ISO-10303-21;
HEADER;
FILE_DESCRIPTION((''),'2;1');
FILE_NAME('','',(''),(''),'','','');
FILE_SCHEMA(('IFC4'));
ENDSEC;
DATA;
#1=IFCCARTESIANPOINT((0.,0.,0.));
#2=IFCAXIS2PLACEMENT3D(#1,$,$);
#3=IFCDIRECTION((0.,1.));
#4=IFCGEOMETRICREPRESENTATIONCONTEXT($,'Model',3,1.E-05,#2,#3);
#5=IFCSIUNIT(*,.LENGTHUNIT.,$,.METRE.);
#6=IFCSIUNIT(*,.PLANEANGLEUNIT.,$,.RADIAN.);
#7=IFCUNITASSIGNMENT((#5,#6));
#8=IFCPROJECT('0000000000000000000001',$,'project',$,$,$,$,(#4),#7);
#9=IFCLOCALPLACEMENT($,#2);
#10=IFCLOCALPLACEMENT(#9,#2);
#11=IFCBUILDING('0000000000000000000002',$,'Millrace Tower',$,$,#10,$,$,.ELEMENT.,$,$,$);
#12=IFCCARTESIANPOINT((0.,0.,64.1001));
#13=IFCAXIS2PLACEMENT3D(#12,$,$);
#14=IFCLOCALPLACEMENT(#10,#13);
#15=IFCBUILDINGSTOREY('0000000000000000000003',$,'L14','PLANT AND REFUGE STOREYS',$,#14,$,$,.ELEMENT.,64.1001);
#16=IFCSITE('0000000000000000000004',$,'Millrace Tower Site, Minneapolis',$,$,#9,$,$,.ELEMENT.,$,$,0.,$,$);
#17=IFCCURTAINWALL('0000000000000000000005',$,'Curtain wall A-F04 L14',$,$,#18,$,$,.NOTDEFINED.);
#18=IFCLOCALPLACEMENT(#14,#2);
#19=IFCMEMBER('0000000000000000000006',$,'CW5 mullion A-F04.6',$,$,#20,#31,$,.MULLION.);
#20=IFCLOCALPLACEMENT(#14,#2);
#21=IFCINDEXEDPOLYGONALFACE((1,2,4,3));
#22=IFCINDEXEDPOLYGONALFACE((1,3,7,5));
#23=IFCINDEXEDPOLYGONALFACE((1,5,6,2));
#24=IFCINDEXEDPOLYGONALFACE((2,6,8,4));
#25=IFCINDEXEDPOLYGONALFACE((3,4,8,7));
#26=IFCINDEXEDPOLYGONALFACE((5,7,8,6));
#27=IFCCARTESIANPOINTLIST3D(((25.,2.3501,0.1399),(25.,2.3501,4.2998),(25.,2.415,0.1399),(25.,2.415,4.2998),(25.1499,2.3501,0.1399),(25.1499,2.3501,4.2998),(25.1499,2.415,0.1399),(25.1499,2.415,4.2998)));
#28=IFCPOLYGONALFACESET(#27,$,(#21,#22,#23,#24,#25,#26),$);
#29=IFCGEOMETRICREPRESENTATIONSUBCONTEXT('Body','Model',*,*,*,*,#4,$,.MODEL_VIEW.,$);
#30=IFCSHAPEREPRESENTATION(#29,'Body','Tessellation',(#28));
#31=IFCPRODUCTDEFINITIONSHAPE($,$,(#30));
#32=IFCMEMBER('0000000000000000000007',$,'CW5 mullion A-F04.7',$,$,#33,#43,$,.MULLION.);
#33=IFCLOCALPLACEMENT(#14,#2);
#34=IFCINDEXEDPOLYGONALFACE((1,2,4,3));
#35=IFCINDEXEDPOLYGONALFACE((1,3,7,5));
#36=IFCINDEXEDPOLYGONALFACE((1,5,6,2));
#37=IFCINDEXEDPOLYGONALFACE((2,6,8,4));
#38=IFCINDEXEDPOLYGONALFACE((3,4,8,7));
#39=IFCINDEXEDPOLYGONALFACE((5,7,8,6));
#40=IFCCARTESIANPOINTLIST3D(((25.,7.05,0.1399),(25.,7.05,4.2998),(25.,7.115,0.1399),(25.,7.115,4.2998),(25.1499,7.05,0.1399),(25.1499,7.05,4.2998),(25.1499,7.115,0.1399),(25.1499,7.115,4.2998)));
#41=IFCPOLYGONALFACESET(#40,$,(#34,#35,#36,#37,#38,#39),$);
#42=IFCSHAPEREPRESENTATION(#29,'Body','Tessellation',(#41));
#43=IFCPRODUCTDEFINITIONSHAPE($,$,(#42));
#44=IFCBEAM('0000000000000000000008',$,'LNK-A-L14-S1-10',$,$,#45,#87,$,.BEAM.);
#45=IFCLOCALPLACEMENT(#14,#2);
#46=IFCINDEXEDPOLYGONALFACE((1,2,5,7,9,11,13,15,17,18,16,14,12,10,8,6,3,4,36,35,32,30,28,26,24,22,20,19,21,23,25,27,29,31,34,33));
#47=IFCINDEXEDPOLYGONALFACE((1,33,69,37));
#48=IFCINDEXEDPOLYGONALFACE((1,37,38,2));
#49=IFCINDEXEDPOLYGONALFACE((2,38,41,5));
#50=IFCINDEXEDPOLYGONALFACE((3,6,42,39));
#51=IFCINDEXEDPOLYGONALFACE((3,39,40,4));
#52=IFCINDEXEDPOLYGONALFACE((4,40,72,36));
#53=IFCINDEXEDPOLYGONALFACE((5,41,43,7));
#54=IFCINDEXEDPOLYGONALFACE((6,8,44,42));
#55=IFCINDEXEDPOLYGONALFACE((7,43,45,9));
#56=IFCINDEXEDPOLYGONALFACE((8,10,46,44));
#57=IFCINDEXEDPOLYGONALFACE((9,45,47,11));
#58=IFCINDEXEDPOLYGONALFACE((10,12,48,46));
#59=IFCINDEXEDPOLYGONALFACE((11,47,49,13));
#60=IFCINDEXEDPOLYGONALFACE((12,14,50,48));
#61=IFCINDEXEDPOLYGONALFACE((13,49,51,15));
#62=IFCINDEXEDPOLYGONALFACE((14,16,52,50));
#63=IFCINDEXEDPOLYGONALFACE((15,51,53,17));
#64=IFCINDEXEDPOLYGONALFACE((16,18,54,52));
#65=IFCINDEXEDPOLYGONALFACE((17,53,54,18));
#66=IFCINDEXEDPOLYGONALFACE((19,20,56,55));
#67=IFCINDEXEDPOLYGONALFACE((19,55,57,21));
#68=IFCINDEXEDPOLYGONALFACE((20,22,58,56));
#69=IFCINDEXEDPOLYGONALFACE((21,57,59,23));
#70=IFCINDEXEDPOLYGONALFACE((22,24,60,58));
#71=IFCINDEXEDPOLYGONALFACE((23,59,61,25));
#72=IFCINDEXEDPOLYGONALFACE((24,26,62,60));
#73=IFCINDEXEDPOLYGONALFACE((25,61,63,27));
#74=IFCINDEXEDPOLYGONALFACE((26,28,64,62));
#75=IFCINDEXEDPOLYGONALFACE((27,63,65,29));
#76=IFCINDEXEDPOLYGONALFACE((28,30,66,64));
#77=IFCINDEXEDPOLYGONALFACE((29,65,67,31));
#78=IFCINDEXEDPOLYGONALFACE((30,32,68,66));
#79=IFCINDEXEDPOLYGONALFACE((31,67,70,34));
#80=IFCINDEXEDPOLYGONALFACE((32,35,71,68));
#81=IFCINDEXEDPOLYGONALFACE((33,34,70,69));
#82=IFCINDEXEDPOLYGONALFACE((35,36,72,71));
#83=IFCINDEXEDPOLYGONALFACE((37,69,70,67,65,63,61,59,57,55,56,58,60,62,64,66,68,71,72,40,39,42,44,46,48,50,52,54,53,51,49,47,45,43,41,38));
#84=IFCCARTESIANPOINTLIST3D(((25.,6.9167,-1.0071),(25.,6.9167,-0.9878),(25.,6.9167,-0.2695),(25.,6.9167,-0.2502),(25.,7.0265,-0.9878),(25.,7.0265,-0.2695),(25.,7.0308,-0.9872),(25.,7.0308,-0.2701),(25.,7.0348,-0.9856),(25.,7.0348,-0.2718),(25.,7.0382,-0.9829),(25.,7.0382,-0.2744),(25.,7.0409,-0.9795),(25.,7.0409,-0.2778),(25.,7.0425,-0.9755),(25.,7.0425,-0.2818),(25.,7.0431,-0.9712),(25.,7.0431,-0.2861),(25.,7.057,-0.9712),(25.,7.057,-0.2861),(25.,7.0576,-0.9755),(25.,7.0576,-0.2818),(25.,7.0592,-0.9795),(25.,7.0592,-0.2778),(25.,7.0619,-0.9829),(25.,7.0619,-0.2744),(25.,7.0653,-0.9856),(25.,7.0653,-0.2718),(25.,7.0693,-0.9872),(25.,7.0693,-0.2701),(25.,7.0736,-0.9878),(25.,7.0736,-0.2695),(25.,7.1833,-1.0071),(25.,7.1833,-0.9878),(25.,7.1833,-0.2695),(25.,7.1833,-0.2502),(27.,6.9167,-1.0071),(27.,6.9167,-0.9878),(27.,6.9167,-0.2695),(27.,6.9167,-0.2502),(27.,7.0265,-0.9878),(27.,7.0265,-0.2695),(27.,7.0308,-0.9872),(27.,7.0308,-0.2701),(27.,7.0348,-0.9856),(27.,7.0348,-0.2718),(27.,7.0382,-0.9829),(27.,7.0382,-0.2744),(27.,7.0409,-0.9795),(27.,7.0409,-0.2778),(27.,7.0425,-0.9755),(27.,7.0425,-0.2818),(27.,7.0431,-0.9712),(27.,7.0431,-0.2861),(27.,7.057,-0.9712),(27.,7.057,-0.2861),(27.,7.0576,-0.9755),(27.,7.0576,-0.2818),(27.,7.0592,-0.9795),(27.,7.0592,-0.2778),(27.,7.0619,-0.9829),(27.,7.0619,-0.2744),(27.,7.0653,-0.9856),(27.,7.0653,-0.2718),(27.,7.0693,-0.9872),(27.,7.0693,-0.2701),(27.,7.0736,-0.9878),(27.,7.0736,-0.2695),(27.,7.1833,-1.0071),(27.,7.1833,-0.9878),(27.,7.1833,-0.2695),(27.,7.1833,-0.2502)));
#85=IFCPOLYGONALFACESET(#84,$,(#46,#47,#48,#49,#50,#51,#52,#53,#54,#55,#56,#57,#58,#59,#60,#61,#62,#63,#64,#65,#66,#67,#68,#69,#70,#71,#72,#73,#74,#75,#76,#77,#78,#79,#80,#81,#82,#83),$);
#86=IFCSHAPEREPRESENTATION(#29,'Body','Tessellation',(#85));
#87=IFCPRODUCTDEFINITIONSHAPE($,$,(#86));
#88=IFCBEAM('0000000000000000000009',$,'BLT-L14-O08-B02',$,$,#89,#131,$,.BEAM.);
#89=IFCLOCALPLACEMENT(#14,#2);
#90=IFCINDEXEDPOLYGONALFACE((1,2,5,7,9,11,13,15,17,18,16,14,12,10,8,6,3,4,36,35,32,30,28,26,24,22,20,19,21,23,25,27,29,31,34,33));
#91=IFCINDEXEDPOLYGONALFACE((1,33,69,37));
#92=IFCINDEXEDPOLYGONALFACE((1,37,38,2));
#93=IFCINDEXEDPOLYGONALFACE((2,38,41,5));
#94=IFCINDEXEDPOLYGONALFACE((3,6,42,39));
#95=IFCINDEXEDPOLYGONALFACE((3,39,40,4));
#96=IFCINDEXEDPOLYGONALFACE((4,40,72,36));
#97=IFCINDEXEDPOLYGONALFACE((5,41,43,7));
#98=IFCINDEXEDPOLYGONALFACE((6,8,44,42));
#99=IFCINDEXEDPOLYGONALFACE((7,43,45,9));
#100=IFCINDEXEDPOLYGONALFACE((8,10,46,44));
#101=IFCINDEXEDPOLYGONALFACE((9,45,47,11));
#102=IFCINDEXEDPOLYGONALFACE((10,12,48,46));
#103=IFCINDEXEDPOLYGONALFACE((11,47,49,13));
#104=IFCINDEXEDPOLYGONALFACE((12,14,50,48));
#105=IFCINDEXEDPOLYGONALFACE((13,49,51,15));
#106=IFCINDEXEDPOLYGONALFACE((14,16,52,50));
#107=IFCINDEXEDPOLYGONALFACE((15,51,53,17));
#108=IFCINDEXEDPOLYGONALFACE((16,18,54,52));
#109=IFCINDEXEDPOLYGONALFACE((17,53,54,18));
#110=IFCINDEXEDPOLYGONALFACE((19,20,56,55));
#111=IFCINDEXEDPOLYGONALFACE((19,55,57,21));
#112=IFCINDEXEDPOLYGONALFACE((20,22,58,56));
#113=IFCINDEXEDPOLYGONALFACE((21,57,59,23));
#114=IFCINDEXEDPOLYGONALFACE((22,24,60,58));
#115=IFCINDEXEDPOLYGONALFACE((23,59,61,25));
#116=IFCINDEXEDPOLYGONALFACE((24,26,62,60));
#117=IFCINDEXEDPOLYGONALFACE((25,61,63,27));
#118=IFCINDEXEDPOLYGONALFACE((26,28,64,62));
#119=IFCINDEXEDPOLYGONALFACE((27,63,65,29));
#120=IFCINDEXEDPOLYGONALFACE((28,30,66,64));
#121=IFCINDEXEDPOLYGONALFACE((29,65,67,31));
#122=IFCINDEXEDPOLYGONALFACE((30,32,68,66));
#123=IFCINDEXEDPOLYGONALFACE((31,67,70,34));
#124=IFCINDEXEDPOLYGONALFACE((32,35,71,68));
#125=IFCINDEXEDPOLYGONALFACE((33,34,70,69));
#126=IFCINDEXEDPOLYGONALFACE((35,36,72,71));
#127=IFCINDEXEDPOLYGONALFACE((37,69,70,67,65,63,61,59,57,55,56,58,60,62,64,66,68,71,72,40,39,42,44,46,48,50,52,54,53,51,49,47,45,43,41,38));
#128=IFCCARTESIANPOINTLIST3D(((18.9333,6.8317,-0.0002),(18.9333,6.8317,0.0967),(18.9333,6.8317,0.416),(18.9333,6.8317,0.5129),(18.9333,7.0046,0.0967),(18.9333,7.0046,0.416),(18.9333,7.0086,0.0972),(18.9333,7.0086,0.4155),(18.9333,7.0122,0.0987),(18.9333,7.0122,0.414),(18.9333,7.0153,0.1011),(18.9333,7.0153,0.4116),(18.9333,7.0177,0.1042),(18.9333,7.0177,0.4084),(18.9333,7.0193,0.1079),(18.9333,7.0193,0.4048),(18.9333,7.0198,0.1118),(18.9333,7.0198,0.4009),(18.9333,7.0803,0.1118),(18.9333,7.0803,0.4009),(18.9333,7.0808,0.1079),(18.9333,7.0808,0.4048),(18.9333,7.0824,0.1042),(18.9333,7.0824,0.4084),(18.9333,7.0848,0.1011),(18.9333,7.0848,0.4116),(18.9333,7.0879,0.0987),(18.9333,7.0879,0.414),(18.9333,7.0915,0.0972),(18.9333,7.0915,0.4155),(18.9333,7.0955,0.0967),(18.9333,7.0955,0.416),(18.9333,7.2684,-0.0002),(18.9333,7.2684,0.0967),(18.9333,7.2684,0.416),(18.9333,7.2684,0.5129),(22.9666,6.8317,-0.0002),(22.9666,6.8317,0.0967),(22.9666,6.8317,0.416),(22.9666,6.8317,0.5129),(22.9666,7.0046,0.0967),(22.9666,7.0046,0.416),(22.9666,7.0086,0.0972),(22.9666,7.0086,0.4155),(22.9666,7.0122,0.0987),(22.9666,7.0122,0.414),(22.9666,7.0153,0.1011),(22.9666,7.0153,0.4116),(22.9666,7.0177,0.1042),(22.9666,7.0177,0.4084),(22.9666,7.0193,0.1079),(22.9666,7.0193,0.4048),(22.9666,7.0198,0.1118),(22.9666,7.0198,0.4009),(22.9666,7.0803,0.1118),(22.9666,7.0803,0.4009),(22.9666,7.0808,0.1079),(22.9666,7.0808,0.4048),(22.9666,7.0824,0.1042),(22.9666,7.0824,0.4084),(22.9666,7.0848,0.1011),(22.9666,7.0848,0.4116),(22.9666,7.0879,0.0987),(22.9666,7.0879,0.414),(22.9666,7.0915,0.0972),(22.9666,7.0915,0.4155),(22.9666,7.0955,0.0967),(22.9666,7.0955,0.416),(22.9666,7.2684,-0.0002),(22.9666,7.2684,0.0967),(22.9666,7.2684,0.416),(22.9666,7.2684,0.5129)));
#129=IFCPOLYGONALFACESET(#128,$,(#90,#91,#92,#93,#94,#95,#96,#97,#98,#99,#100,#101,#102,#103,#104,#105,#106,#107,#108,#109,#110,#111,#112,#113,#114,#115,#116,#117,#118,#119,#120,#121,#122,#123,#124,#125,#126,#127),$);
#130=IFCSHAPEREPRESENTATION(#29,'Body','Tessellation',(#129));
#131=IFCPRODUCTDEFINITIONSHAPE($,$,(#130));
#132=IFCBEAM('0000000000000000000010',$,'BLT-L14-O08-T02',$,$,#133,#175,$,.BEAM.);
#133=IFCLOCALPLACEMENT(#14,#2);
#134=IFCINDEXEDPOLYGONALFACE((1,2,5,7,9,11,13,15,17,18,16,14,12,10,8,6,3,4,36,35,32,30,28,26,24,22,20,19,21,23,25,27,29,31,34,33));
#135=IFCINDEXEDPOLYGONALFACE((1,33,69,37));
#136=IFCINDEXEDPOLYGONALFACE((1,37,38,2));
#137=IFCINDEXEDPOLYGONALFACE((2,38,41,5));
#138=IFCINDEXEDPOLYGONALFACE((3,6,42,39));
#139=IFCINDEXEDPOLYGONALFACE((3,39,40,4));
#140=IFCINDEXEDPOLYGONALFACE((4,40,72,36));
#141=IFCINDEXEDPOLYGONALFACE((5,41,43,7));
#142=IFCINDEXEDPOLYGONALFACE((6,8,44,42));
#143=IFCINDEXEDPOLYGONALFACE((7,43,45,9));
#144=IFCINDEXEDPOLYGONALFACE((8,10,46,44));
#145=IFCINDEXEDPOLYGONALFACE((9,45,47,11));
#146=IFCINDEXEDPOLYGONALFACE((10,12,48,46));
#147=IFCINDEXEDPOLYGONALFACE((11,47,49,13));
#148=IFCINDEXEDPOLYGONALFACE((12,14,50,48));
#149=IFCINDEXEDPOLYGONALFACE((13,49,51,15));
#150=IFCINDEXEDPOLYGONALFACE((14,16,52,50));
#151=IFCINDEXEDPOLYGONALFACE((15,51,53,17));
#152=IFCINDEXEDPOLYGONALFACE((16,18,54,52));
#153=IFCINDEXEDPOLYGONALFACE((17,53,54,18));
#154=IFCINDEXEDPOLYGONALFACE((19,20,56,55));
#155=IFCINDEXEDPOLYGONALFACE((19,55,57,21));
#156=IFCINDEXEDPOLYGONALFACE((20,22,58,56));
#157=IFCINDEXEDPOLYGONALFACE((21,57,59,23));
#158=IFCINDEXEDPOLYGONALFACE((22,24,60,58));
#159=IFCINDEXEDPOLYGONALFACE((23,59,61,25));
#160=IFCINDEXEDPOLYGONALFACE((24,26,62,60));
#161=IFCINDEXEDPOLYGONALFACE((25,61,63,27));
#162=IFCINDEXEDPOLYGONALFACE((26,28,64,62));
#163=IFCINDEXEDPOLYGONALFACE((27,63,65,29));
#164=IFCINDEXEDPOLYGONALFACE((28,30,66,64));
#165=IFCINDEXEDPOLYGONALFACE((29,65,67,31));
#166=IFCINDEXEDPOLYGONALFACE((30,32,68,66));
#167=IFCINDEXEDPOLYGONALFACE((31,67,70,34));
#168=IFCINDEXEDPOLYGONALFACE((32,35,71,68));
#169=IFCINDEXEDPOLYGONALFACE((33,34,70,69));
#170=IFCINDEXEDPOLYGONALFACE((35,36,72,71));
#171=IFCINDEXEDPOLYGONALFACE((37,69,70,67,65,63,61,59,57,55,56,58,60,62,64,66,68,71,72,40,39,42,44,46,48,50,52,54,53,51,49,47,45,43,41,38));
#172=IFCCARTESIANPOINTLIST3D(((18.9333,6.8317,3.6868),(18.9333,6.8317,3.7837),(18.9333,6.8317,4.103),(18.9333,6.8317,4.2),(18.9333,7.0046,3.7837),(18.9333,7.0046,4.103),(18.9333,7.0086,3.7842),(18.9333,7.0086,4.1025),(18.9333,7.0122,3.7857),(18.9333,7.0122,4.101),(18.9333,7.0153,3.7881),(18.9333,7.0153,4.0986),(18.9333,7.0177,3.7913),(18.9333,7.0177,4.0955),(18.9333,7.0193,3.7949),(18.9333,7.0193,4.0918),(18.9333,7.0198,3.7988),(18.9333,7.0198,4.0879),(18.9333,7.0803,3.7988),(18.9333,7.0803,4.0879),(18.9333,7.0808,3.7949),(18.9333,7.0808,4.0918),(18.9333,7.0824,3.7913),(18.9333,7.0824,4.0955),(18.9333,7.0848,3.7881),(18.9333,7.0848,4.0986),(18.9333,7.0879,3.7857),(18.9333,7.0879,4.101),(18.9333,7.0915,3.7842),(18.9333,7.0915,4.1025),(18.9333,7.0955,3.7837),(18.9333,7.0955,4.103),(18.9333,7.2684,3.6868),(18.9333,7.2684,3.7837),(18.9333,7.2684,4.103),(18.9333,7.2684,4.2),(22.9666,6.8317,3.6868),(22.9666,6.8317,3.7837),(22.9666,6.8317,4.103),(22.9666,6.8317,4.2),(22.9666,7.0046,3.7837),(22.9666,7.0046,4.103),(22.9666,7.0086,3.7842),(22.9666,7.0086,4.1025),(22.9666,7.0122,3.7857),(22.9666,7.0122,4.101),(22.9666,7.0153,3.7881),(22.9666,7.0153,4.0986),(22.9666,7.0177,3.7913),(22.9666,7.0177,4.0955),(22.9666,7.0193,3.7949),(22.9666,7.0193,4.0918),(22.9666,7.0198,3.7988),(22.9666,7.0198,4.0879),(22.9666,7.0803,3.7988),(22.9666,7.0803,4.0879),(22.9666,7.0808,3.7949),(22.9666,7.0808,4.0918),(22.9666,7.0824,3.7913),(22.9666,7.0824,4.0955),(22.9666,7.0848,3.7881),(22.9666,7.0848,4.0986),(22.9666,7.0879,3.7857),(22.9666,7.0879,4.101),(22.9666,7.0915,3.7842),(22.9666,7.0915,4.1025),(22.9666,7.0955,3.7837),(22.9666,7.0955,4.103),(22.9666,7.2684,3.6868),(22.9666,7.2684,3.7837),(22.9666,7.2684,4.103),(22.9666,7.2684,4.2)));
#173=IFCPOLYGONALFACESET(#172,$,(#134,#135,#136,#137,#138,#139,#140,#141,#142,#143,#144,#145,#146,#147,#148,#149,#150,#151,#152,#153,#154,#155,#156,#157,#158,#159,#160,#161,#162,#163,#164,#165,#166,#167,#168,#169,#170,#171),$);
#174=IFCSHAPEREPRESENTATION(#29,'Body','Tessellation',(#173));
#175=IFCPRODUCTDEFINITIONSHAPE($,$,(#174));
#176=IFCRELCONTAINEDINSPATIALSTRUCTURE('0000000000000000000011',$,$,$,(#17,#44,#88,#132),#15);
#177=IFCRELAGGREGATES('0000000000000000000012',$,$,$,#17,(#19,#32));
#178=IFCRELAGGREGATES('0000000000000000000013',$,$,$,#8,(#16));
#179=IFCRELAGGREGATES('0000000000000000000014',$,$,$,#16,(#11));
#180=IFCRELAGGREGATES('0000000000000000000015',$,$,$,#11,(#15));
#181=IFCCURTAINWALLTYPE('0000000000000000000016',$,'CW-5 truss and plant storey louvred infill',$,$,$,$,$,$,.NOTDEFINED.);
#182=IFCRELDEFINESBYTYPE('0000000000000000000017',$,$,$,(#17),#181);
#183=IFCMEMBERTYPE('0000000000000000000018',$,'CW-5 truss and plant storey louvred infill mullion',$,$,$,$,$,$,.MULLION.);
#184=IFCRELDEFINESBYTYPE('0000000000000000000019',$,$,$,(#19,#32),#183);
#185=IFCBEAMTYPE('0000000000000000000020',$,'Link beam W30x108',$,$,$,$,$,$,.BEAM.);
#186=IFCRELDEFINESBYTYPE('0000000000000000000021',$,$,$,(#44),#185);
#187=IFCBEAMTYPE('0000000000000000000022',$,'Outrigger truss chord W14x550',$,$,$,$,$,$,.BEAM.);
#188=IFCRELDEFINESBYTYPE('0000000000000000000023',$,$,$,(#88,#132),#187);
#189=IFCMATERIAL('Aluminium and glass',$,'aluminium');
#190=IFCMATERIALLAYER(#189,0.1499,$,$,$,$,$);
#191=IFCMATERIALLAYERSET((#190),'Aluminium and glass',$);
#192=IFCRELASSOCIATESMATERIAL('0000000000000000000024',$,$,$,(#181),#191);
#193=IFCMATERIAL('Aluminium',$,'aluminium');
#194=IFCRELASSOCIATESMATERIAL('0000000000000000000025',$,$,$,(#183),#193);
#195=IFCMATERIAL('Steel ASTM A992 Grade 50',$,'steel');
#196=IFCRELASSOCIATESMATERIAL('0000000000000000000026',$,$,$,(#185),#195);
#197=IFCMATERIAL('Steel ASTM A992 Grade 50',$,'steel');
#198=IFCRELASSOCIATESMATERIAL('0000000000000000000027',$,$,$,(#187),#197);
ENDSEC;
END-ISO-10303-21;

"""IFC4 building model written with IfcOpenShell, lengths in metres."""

from ifc_helpers import new_model, si_unit, direction, frame, origin, origin_2d, place, context, subcontext, project, spatial, rectangle, i_section, extrude, material, layer, layer_set, material_profile, profile_set, type_object, element, aggregate, save


model = new_model("IFC4")

# Units and contexts
model_context = context("Model", 3, precision=1e-05, world=origin(), true_north=direction((0.0, 1.0)))
body_context = subcontext(model_context, "Body", "Model", "MODEL_VIEW")
ifc_project = project(units=[si_unit("LENGTHUNIT", "METRE"), si_unit("PLANEANGLEUNIT", "RADIAN")], contexts=[model_context])

# Site, building, storey
site_placement = place(None, origin())
site = spatial("IfcSite", under=ifc_project, at=site_placement, Name="Millrace Tower Site, Minneapolis", CompositionType="ELEMENT", RefElevation=0.0)
building_placement = place(site_placement, origin())
building = spatial("IfcBuilding", under=site, at=building_placement, Name="Millrace Tower", CompositionType="ELEMENT")
storey_placement = place(building_placement, frame((0.0, 0.0, 64.1001)))
storey = spatial("IfcBuildingStorey", under=building, at=storey_placement, Name="L14", Description="PLANT AND REFUGE STOREYS", CompositionType="ELEMENT", Elevation=64.1001)

# Curtain wall, members
ifc_material_1 = material(Name="Aluminium and glass", Category="aluminium")
ifc_layer_1 = layer(ifc_material_1, 0.1499)
ifc_layer_set_1 = layer_set([ifc_layer_1], Name="Aluminium and glass")
curtain_wall_type = type_object("IfcCurtainWallType", Name="CW-5 truss and plant storey louvred infill", PredefinedType="NOTDEFINED", material=ifc_layer_set_1)
curtain_wall_placement = place(storey_placement, origin())
curtain_wall = element("IfcCurtainWall", 1, at=curtain_wall_placement, inside=storey, type_object=curtain_wall_type, Name="Curtain wall A-F04 L14", PredefinedType="NOTDEFINED")
ifc_material_2 = material(Name="Aluminium", Category="aluminium")
ifc_material_profile_1 = material_profile(ifc_material_2, rectangle(XDim=0.0649, YDim=0.1499, at=origin_2d()))
ifc_profile_set_1 = profile_set([ifc_material_profile_1], Name="Aluminium")
member_type_1 = type_object("IfcMemberType", Name="CW-5 truss and plant storey louvred infill mullion", PredefinedType="MULLION", material=ifc_profile_set_1)
member_1_placement = place(storey_placement, frame((25.075, 2.3826, 0.1399), z_axis=(0.0, 0.0, 1.0), x_axis=(0.0, 1.0, 0.0)))
member_1 = element("IfcMember", 2, at=member_1_placement, type_object=member_type_1, Name="CW5 mullion A-F04.6", PredefinedType="MULLION", context=body_context, shape_type="SweptSolid", body=[
    extrude(rectangle(XDim=0.0649, YDim=0.1499, at=origin_2d()), origin(), (0.0, 0.0, 1.0), 4.1599),
])
member_2_placement = place(storey_placement, frame((25.075, 7.0825, 0.1399), z_axis=(0.0, 0.0, 1.0), x_axis=(0.0, 1.0, 0.0)))
member_2 = element("IfcMember", 3, at=member_2_placement, type_object=member_type_1, Name="CW5 mullion A-F04.7", PredefinedType="MULLION", context=body_context, shape_type="SweptSolid", body=[
    extrude(rectangle(XDim=0.0649, YDim=0.1499, at=origin_2d()), origin(), (0.0, 0.0, 1.0), 4.1599),
])
aggregate(curtain_wall, [member_1, member_2])

# Beams
ifc_material_3 = material(Name="Steel ASTM A992 Grade 50", Category="steel")
ifc_material_profile_2 = material_profile(ifc_material_3, i_section(OverallWidth=0.2666, OverallDepth=0.7568, WebThickness=0.0139, FlangeThickness=0.0193, FilletRadius=0.0166, at=origin_2d()))
ifc_profile_set_2 = profile_set([ifc_material_profile_2], Name="Steel ASTM A992 Grade 50")
beam_type_1 = type_object("IfcBeamType", Name="Link beam W30x108", PredefinedType="BEAM", material=ifc_profile_set_2)
beam_1_placement = place(storey_placement, frame((25.0, 7.05, -0.6287), z_axis=(1.0, 0.0, 0.0), x_axis=(0.0, 1.0, 0.0)))
element("IfcBeam", 4, at=beam_1_placement, inside=storey, type_object=beam_type_1, Name="LNK-A-L14-S1-10", PredefinedType="BEAM", context=body_context, shape_type="SweptSolid", body=[
    extrude(i_section(OverallWidth=0.2666, OverallDepth=0.7568, WebThickness=0.0139, FlangeThickness=0.0193, FilletRadius=0.0166, at=origin_2d()), origin(), (0.0, 0.0, 1.0), 2.0),
])
ifc_material_4 = material(Name="Steel ASTM A992 Grade 50", Category="steel")
ifc_material_profile_3 = material_profile(ifc_material_4, i_section(OverallWidth=0.4368, OverallDepth=0.5132, WebThickness=0.0605, FlangeThickness=0.0969, FilletRadius=0.0151, at=origin_2d()))
ifc_profile_set_3 = profile_set([ifc_material_profile_3], Name="Steel ASTM A992 Grade 50")
beam_type_2 = type_object("IfcBeamType", Name="Outrigger truss chord W14x550", PredefinedType="BEAM", material=ifc_profile_set_3)
for number, where, z_axis, x_axis, name in (
    (5, (18.9333, 7.05, 0.2563), (1.0, 0.0, 0.0), (0.0, 1.0, 0.0), "BLT-L14-O08-B02"),
    (6, (18.9333, 7.05, 3.9434), (1.0, 0.0, 0.0), (0.0, 1.0, 0.0), "BLT-L14-O08-T02"),
):
    element("IfcBeam", number, at=place(storey_placement, frame(where, z_axis=z_axis, x_axis=x_axis)), inside=storey, type_object=beam_type_2, Name=name, PredefinedType="BEAM", context=body_context, shape_type="SweptSolid", body=[
        extrude(i_section(OverallWidth=0.4368, OverallDepth=0.5132, WebThickness=0.0605, FlangeThickness=0.0969, FilletRadius=0.0151, at=origin_2d()), origin(), (0.0, 0.0, 1.0), 4.0332),
    ])

save(model, "model.ifc")
